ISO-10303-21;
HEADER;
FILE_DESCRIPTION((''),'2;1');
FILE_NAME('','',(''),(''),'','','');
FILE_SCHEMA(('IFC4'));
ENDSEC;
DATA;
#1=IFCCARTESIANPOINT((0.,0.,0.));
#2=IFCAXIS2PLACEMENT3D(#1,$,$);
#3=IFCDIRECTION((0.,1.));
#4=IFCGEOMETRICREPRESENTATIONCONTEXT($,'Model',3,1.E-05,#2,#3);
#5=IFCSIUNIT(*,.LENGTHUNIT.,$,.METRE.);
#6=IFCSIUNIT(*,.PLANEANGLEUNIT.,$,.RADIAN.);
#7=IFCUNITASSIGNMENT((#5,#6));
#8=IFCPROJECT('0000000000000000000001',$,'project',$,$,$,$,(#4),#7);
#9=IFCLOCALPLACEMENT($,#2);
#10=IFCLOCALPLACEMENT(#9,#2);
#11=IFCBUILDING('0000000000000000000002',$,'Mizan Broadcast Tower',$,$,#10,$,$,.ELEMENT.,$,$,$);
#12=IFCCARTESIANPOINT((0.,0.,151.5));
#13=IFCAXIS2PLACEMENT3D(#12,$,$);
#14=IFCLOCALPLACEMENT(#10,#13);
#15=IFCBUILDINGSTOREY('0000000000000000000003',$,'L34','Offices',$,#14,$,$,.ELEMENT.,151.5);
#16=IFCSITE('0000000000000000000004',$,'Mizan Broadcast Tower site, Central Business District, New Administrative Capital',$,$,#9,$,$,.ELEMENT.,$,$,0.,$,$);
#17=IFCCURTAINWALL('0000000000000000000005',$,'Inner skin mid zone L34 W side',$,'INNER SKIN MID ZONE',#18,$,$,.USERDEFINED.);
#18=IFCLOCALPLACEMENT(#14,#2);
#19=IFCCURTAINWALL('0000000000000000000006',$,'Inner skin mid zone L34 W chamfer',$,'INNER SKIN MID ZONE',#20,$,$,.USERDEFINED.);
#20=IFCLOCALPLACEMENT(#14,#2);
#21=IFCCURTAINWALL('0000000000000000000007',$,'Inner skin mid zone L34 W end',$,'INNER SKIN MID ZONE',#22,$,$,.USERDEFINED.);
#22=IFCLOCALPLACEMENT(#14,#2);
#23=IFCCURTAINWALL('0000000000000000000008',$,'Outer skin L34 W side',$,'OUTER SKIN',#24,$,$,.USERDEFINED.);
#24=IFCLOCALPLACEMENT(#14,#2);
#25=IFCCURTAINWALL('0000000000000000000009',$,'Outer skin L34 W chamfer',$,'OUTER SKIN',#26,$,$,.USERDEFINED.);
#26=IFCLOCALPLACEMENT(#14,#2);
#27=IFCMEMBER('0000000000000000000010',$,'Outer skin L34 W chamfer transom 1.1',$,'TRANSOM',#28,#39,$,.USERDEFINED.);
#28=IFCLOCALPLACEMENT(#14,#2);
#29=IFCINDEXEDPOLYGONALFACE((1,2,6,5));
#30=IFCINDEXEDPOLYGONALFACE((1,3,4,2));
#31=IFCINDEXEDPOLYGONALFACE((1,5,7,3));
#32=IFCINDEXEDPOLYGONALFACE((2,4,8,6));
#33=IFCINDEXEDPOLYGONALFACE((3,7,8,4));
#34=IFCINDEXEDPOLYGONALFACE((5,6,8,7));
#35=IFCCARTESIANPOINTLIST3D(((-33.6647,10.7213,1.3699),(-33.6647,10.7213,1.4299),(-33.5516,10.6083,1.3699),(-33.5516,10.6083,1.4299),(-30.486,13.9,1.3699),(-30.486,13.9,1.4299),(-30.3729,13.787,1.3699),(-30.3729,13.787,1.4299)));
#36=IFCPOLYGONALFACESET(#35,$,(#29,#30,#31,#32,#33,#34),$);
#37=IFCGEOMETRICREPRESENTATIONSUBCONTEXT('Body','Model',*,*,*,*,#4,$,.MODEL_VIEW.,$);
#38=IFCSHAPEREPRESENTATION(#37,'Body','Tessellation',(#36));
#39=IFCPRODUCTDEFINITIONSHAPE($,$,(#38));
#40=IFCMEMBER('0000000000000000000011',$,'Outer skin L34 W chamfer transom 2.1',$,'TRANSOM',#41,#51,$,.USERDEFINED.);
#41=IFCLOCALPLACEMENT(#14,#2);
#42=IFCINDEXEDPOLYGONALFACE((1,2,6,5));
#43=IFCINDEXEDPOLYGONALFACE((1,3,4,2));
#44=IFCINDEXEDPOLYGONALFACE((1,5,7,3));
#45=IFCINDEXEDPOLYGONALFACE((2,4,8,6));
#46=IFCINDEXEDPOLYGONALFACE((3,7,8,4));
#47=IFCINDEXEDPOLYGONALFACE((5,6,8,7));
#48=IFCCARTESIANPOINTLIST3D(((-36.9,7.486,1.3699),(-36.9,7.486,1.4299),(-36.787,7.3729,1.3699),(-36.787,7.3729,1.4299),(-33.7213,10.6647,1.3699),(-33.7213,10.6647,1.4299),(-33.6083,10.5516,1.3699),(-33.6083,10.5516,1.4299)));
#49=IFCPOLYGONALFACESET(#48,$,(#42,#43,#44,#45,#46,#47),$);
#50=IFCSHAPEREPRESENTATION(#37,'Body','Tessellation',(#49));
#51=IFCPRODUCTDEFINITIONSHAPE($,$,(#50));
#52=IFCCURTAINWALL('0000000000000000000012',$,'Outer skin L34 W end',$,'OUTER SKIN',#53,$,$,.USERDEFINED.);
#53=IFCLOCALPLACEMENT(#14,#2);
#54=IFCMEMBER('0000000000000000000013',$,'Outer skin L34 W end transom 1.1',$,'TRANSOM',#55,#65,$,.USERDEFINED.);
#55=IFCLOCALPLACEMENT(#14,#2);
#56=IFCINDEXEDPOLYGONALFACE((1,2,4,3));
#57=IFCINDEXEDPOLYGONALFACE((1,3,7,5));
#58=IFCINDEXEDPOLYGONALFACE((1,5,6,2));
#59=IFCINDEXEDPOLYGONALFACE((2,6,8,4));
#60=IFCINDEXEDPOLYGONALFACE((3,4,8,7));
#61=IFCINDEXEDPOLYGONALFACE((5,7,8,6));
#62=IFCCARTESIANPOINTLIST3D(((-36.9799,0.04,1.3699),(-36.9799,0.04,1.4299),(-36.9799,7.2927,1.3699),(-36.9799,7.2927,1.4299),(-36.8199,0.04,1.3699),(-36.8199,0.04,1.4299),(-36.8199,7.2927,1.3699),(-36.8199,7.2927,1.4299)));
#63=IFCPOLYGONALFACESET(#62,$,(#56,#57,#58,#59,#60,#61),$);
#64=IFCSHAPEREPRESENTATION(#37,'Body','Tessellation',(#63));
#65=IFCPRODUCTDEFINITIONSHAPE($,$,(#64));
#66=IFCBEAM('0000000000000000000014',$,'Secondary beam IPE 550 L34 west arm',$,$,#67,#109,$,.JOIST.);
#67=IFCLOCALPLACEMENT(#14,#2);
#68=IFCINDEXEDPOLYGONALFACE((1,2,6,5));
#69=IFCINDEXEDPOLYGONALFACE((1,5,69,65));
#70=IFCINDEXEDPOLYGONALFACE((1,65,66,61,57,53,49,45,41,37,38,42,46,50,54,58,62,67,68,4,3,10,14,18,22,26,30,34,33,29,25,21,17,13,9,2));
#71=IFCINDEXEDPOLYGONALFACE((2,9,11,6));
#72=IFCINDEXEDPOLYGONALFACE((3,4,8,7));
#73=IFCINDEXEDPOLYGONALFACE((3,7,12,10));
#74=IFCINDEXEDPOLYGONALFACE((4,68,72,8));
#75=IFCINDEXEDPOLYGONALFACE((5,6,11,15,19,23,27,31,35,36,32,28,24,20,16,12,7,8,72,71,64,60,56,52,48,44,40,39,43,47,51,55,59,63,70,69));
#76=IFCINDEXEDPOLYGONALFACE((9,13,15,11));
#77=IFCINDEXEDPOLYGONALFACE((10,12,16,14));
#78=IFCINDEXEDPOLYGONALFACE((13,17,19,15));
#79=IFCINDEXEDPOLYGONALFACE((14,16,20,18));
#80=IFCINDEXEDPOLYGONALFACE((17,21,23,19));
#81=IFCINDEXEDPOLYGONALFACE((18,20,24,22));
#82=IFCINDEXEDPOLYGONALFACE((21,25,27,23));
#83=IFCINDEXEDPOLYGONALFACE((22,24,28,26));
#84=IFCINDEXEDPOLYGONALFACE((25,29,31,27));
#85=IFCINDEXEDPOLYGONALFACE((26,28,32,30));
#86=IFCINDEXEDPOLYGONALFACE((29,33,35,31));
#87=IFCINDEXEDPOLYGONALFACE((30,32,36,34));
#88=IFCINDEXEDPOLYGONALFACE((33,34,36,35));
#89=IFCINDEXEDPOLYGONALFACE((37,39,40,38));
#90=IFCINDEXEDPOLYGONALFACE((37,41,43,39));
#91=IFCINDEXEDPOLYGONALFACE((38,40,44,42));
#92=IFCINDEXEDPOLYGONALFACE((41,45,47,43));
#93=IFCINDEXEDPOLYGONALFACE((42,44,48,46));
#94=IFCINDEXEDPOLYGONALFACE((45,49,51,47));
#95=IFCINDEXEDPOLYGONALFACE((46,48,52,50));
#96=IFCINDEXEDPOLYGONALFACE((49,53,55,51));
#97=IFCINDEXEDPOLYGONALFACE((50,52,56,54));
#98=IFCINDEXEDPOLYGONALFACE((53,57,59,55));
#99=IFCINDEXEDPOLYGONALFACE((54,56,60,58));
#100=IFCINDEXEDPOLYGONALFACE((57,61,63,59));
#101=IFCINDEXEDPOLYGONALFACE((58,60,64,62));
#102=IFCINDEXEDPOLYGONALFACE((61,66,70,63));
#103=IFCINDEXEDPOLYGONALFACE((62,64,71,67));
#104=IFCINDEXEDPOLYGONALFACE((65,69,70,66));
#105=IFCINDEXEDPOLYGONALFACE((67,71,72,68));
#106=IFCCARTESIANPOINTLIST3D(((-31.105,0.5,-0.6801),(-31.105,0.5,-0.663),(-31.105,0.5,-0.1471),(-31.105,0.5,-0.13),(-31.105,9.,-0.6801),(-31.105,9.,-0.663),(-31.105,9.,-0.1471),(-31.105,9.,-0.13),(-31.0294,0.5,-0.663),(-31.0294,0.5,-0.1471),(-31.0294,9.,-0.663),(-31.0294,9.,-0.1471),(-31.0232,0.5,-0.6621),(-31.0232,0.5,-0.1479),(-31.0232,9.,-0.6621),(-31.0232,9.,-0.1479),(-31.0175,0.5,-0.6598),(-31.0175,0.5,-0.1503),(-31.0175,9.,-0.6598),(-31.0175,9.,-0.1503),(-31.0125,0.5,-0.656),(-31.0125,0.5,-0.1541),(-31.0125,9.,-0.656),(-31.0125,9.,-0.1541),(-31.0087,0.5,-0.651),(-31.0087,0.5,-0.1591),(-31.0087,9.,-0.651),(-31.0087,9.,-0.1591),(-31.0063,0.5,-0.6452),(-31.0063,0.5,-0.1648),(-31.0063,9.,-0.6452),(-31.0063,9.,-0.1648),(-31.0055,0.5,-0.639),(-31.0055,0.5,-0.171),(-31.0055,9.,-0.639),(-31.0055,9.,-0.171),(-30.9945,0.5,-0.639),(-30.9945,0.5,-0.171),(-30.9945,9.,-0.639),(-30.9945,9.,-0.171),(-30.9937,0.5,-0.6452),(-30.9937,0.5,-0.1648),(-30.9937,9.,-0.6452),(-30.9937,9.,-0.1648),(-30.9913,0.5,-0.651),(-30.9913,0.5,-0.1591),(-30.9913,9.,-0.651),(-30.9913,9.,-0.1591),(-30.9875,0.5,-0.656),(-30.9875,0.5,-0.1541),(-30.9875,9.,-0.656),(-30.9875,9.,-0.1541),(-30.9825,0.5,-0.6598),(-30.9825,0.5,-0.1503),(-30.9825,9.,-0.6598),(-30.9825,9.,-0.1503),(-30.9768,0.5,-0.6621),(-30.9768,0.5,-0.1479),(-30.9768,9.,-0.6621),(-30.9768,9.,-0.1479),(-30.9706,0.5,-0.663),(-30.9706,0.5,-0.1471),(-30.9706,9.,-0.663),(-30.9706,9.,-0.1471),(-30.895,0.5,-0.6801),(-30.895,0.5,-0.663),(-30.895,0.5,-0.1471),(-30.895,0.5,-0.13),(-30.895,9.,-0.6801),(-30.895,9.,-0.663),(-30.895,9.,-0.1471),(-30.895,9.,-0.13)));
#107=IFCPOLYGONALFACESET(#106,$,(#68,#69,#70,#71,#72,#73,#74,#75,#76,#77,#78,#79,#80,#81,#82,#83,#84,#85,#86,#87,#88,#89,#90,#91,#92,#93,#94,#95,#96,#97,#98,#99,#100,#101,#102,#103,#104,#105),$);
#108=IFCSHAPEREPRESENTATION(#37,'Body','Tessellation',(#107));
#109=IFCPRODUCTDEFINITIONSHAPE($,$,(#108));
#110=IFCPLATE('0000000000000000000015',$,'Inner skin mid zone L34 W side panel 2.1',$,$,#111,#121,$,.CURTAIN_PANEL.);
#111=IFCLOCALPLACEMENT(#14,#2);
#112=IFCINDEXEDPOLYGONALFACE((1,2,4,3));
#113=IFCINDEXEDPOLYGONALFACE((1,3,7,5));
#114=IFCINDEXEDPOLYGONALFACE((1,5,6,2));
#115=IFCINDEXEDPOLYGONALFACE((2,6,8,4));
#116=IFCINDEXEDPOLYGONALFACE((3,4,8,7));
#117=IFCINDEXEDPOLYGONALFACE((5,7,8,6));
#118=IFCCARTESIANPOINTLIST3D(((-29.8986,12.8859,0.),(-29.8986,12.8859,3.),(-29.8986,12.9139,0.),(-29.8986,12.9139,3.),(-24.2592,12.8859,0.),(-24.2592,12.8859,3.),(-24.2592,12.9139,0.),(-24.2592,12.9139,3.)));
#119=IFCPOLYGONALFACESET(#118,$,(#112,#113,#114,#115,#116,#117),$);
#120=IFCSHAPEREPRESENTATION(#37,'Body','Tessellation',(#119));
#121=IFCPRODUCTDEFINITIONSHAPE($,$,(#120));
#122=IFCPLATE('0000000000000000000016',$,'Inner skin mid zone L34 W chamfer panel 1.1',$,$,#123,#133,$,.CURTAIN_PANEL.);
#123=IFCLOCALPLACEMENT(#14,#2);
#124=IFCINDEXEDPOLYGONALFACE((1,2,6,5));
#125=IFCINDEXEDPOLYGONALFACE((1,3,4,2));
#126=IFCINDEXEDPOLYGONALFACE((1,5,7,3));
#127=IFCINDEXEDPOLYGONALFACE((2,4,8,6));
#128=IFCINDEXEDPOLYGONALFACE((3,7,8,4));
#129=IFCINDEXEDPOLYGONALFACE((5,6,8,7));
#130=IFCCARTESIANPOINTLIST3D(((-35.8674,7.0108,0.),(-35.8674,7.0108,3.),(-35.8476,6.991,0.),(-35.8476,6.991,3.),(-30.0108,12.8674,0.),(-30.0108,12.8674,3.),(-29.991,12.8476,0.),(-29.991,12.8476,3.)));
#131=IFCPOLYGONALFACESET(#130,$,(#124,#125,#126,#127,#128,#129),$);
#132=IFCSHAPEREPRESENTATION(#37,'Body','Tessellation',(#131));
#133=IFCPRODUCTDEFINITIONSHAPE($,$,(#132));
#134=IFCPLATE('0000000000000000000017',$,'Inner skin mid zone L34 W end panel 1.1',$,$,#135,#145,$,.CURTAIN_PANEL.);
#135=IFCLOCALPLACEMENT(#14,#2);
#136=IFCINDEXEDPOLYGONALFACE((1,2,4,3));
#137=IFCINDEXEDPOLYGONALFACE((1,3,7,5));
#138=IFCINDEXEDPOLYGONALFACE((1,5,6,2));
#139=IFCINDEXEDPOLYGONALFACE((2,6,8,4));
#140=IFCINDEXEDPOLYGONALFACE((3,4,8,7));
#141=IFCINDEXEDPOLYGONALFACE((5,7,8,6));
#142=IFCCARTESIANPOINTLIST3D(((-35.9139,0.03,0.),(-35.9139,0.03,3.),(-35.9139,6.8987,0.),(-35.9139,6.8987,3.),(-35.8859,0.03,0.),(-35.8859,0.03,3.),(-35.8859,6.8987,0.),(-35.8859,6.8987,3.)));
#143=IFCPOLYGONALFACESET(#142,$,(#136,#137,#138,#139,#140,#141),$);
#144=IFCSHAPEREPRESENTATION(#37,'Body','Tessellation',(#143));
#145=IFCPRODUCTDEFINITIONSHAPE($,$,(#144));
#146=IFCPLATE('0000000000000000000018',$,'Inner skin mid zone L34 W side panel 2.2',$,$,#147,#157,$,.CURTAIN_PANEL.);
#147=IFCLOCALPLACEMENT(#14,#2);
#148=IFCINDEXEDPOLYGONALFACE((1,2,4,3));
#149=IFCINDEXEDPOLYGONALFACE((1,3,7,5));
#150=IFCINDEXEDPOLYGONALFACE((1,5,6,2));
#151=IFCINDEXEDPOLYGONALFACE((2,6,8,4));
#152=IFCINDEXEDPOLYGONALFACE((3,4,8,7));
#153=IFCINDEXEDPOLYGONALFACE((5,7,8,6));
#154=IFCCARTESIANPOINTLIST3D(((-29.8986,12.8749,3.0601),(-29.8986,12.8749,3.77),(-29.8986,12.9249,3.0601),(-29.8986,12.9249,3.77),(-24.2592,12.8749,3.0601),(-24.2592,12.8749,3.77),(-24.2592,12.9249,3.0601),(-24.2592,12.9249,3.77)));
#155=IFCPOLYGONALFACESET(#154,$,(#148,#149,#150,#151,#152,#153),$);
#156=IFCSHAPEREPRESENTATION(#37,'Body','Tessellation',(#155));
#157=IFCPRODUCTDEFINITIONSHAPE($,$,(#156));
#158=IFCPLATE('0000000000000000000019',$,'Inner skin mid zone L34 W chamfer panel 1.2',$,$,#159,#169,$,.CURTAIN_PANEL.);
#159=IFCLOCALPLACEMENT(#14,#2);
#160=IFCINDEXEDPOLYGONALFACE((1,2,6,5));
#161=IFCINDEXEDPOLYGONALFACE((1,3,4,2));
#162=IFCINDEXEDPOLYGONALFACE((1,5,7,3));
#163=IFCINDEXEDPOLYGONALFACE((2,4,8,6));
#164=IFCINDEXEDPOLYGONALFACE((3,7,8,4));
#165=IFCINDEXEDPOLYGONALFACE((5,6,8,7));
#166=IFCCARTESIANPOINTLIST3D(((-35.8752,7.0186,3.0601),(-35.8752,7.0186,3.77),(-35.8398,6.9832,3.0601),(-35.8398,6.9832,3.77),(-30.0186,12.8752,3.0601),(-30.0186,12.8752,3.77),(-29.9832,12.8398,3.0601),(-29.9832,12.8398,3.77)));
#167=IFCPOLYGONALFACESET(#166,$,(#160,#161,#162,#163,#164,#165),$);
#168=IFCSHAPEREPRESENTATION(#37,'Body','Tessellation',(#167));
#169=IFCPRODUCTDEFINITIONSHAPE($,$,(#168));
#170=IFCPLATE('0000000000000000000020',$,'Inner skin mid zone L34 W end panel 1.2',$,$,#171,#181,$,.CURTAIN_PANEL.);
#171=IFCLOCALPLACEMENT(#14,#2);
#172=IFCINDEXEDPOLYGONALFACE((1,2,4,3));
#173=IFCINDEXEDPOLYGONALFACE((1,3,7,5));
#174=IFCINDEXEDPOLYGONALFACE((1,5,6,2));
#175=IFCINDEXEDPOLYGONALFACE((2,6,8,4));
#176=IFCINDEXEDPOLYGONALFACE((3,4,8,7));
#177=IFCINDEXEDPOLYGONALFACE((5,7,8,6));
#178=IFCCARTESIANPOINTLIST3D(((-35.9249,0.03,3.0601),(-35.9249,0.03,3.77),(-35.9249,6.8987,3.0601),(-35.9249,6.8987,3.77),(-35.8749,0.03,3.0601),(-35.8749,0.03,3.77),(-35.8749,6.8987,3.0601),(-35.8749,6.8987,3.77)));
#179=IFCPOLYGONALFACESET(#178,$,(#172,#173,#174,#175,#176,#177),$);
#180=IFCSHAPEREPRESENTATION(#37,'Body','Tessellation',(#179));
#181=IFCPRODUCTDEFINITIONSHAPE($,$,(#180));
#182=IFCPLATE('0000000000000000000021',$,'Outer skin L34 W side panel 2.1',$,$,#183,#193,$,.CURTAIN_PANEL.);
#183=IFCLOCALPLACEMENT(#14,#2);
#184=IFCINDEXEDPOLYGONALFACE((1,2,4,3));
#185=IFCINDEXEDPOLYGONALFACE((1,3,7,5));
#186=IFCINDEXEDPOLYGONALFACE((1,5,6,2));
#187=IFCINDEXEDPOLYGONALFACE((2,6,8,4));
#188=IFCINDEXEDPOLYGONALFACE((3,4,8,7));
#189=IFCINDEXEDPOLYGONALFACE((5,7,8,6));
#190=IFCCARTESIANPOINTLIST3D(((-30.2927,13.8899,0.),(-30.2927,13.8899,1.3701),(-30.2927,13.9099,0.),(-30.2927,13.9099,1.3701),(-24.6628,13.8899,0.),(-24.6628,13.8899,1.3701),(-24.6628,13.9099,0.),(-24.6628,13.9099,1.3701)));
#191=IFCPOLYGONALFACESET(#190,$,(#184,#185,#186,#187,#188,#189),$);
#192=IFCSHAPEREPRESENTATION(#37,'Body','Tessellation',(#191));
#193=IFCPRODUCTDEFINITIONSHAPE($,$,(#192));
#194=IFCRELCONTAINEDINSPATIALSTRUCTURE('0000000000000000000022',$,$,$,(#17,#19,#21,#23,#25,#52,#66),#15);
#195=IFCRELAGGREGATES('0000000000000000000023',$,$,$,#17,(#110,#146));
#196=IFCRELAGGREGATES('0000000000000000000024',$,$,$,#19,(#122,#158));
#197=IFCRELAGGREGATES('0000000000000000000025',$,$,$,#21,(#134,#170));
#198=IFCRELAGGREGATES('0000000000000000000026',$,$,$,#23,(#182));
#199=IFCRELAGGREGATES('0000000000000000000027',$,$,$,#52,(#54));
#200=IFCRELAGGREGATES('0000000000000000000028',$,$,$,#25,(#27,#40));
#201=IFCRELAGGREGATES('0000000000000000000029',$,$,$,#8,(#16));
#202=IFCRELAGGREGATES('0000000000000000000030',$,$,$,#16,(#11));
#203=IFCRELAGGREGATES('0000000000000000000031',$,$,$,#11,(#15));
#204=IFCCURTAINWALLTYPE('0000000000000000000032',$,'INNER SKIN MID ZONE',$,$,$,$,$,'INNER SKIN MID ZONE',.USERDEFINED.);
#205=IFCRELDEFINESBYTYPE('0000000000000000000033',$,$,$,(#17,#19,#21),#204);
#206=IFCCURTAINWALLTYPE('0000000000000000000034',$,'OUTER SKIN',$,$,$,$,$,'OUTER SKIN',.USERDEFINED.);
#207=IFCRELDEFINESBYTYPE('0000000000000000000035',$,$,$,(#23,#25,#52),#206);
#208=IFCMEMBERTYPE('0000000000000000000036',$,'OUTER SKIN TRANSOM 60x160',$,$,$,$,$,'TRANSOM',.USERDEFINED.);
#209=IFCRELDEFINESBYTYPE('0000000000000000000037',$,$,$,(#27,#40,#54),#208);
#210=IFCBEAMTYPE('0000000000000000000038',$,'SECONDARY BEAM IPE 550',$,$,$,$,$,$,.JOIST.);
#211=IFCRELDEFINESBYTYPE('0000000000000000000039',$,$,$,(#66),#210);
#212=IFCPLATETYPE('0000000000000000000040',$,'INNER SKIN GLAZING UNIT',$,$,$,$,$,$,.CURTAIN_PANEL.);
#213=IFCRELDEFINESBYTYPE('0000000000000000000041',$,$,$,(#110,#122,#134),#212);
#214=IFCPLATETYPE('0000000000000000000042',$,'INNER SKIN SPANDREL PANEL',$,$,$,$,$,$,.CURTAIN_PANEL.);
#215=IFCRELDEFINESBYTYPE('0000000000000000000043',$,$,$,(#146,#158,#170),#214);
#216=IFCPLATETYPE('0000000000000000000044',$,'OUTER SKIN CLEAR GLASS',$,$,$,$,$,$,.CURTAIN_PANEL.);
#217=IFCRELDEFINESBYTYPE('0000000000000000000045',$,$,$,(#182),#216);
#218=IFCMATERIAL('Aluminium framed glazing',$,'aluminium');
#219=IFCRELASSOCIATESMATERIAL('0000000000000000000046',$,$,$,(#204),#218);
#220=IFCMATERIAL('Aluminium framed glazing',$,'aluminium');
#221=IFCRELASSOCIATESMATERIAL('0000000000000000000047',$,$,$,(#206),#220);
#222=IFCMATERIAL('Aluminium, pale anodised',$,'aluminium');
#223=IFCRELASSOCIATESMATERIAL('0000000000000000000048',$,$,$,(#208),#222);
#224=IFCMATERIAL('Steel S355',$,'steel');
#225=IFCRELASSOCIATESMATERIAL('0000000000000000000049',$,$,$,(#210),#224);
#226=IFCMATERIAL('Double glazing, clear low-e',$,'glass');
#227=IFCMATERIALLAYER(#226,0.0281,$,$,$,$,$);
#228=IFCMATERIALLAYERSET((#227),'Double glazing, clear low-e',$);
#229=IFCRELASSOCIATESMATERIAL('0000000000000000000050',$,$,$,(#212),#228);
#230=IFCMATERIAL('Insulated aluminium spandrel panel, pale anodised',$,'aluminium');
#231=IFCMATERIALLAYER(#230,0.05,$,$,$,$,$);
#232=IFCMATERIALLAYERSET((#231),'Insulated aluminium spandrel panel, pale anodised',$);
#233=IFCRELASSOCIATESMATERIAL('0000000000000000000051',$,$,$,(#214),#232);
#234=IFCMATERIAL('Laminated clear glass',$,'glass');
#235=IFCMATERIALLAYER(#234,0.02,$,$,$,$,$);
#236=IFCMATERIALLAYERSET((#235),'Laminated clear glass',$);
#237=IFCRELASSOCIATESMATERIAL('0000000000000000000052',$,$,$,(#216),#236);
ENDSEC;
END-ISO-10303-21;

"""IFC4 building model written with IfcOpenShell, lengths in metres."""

from ifc_helpers import new_model, si_unit, direction, frame, origin, origin_2d, place, context, subcontext, project, spatial, rectangle, i_section, extrude, material, layer, layer_set, material_profile, profile_set, type_object, element, aggregate, save


model = new_model("IFC4")

# Units and contexts
model_context = context("Model", 3, precision=1e-05, world=origin(), true_north=direction((0.0, 1.0)))
body_context = subcontext(model_context, "Body", "Model", "MODEL_VIEW")
ifc_project = project(units=[si_unit("LENGTHUNIT", "METRE"), si_unit("PLANEANGLEUNIT", "RADIAN")], contexts=[model_context])

# Site, building, storey
site_placement = place(None, origin())
site = spatial("IfcSite", under=ifc_project, at=site_placement, Name="Mizan Broadcast Tower site, Central Business District, New Administrative Capital", CompositionType="ELEMENT", RefElevation=0.0)
building_placement = place(site_placement, origin())
building = spatial("IfcBuilding", under=site, at=building_placement, Name="Mizan Broadcast Tower", CompositionType="ELEMENT")
storey_placement = place(building_placement, frame((0.0, 0.0, 151.5)))
storey = spatial("IfcBuildingStorey", under=building, at=storey_placement, Name="L34", Description="Offices", CompositionType="ELEMENT", Elevation=151.5)

# Curtain wall
ifc_material_1 = material(Name="Aluminium framed glazing", Category="aluminium")
curtain_wall_type_1 = type_object("IfcCurtainWallType", Name="INNER SKIN MID ZONE", ElementType="INNER SKIN MID ZONE", PredefinedType="USERDEFINED", material=ifc_material_1)
curtain_wall_1_placement = place(storey_placement, origin())
curtain_wall_1 = element("IfcCurtainWall", 1, at=curtain_wall_1_placement, inside=storey, type_object=curtain_wall_type_1, Name="Inner skin mid zone L34 W side", ObjectType="INNER SKIN MID ZONE", PredefinedType="USERDEFINED")

# Curtain wall
curtain_wall_2_placement = place(storey_placement, origin())
curtain_wall_2 = element("IfcCurtainWall", 2, at=curtain_wall_2_placement, inside=storey, type_object=curtain_wall_type_1, Name="Inner skin mid zone L34 W chamfer", ObjectType="INNER SKIN MID ZONE", PredefinedType="USERDEFINED")

# Curtain walls
curtain_wall_3_placement = place(storey_placement, origin())
curtain_wall_3 = element("IfcCurtainWall", 3, at=curtain_wall_3_placement, inside=storey, type_object=curtain_wall_type_1, Name="Inner skin mid zone L34 W end", ObjectType="INNER SKIN MID ZONE", PredefinedType="USERDEFINED")
ifc_material_2 = material(Name="Aluminium framed glazing", Category="aluminium")
curtain_wall_type_2 = type_object("IfcCurtainWallType", Name="OUTER SKIN", ElementType="OUTER SKIN", PredefinedType="USERDEFINED", material=ifc_material_2)
curtain_wall_4_placement = place(storey_placement, origin())
curtain_wall_4 = element("IfcCurtainWall", 4, at=curtain_wall_4_placement, inside=storey, type_object=curtain_wall_type_2, Name="Outer skin L34 W side", ObjectType="OUTER SKIN", PredefinedType="USERDEFINED")

# Curtain wall, members
curtain_wall_5_placement = place(storey_placement, origin())
curtain_wall_5 = element("IfcCurtainWall", 5, at=curtain_wall_5_placement, inside=storey, type_object=curtain_wall_type_2, Name="Outer skin L34 W chamfer", ObjectType="OUTER SKIN", PredefinedType="USERDEFINED")
ifc_material_3 = material(Name="Aluminium, pale anodised", Category="aluminium")
ifc_material_profile_1 = material_profile(ifc_material_3, rectangle(XDim=0.1599, YDim=0.0601, at=origin_2d()), Name="TRANSOM 160x60")
ifc_profile_set_1 = profile_set([ifc_material_profile_1], Name="Aluminium, pale anodised")
member_type_1 = type_object("IfcMemberType", Name="OUTER SKIN TRANSOM 60x160", ElementType="TRANSOM", PredefinedType="USERDEFINED", material=ifc_profile_set_1)
member_1_placement = place(storey_placement, frame((-30.4294, 13.8435, 1.3999), z_axis=(-0.707107, -0.707107, 0.0), x_axis=(0.707107, -0.707107, 0.0)))
member_1 = element("IfcMember", 6, at=member_1_placement, type_object=member_type_1, Name="Outer skin L34 W chamfer transom 1.1", ObjectType="TRANSOM", PredefinedType="USERDEFINED", context=body_context, shape_type="SweptSolid", body=[
    extrude(rectangle(XDim=0.1599, YDim=0.0601, at=origin_2d()), origin(), (0.0, 0.0, 1.0), 4.4954),
])
member_2_placement = place(storey_placement, frame((-33.6648, 10.6082, 1.3999), z_axis=(-0.707107, -0.707107, 0.0), x_axis=(0.707107, -0.707107, 0.0)))
member_2 = element("IfcMember", 7, at=member_2_placement, type_object=member_type_1, Name="Outer skin L34 W chamfer transom 2.1", ObjectType="TRANSOM", PredefinedType="USERDEFINED", context=body_context, shape_type="SweptSolid", body=[
    extrude(rectangle(XDim=0.1599, YDim=0.0601, at=origin_2d()), origin(), (0.0, 0.0, 1.0), 4.4954),
])

# Curtain wall, member
curtain_wall_6_placement = place(storey_placement, origin())
curtain_wall_6 = element("IfcCurtainWall", 8, at=curtain_wall_6_placement, inside=storey, type_object=curtain_wall_type_2, Name="Outer skin L34 W end", ObjectType="OUTER SKIN", PredefinedType="USERDEFINED")
member_3_placement = place(storey_placement, frame((-36.8999, 7.2927, 1.3999), z_axis=(0.0, -1.0, 0.0), x_axis=(1.0, 0.0, 0.0)))
member_3 = element("IfcMember", 9, at=member_3_placement, type_object=member_type_1, Name="Outer skin L34 W end transom 1.1", ObjectType="TRANSOM", PredefinedType="USERDEFINED", context=body_context, shape_type="SweptSolid", body=[
    extrude(rectangle(XDim=0.1599, YDim=0.0601, at=origin_2d()), origin(), (0.0, 0.0, 1.0), 7.2527),
])

# Beam
ifc_material_4 = material(Name="Steel S355", Category="steel")
ifc_material_profile_2 = material_profile(ifc_material_4, i_section(OverallWidth=0.21, OverallDepth=0.55, WebThickness=0.011, FlangeThickness=0.0171, FilletRadius=0.0239, at=origin_2d()), Name="IPE 550")
ifc_profile_set_2 = profile_set([ifc_material_profile_2], Name="Steel S355")
beam_type_1 = type_object("IfcBeamType", Name="SECONDARY BEAM IPE 550", PredefinedType="JOIST", material=ifc_profile_set_2)
beam_1_placement = place(storey_placement, frame((-31.0, 9.0, -0.405), z_axis=(0.0, -1.0, 0.0), x_axis=(1.0, 0.0, 0.0)))
element("IfcBeam", 10, at=beam_1_placement, inside=storey, type_object=beam_type_1, Name="Secondary beam IPE 550 L34 west arm", PredefinedType="JOIST", context=body_context, shape_type="SweptSolid", body=[
    extrude(i_section(OverallWidth=0.21, OverallDepth=0.55, WebThickness=0.011, FlangeThickness=0.0171, FilletRadius=0.0239, at=origin_2d()), origin(), (0.0, 0.0, 1.0), 8.5),
])

# Plates
ifc_material_5 = material(Name="Double glazing, clear low-e", Category="glass")
ifc_layer_1 = layer(ifc_material_5, 0.0281)
ifc_layer_set_1 = layer_set([ifc_layer_1], Name="Double glazing, clear low-e")
plate_type_1 = type_object("IfcPlateType", Name="INNER SKIN GLAZING UNIT", PredefinedType="CURTAIN_PANEL", material=ifc_layer_set_1)
plate_1_placement = place(storey_placement, frame((-27.0789, 12.8999, 0.0), z_axis=(0.0, 0.0, 1.0), x_axis=(-1.0, 0.0, 0.0)))
plate_1 = element("IfcPlate", 11, at=plate_1_placement, type_object=plate_type_1, Name="Inner skin mid zone L34 W side panel 2.1", PredefinedType="CURTAIN_PANEL", context=body_context, shape_type="SweptSolid", body=[
    extrude(rectangle(XDim=5.6394, YDim=0.0281, at=origin_2d()), origin(), (0.0, 0.0, 1.0), 3.0),
])
plate_2_placement = place(storey_placement, frame((-32.9292, 9.9292, 0.0), z_axis=(0.0, 0.0, 1.0), x_axis=(-0.707107, -0.707107, 0.0)))
plate_2 = element("IfcPlate", 12, at=plate_2_placement, type_object=plate_type_1, Name="Inner skin mid zone L34 W chamfer panel 1.1", PredefinedType="CURTAIN_PANEL", context=body_context, shape_type="SweptSolid", body=[
    extrude(rectangle(XDim=8.2825, YDim=0.0281, at=origin_2d()), origin(), (0.0, 0.0, 1.0), 3.0),
])
plate_3_placement = place(storey_placement, frame((-35.8999, 3.4644, 0.0), z_axis=(0.0, 0.0, 1.0), x_axis=(0.0, -1.0, 0.0)))
plate_3 = element("IfcPlate", 13, at=plate_3_placement, type_object=plate_type_1, Name="Inner skin mid zone L34 W end panel 1.1", PredefinedType="CURTAIN_PANEL", context=body_context, shape_type="SweptSolid", body=[
    extrude(rectangle(XDim=6.8687, YDim=0.0281, at=origin_2d()), origin(), (0.0, 0.0, 1.0), 3.0),
])
ifc_material_6 = material(Name="Insulated aluminium spandrel panel, pale anodised", Category="aluminium")
ifc_layer_2 = layer(ifc_material_6, 0.05)
ifc_layer_set_2 = layer_set([ifc_layer_2], Name="Insulated aluminium spandrel panel, pale anodised")
plate_type_2 = type_object("IfcPlateType", Name="INNER SKIN SPANDREL PANEL", PredefinedType="CURTAIN_PANEL", material=ifc_layer_set_2)
plate_4_placement = place(storey_placement, frame((-27.0789, 12.8999, 3.0601), z_axis=(0.0, 0.0, 1.0), x_axis=(-1.0, 0.0, 0.0)))
plate_4 = element("IfcPlate", 14, at=plate_4_placement, type_object=plate_type_2, Name="Inner skin mid zone L34 W side panel 2.2", PredefinedType="CURTAIN_PANEL", context=body_context, shape_type="SweptSolid", body=[
    extrude(rectangle(XDim=5.6394, YDim=0.05, at=origin_2d()), origin(), (0.0, 0.0, 1.0), 0.71),
])
aggregate(curtain_wall_1, [plate_1, plate_4])
plate_5_placement = place(storey_placement, frame((-32.9292, 9.9292, 3.0601), z_axis=(0.0, 0.0, 1.0), x_axis=(-0.707107, -0.707107, 0.0)))
plate_5 = element("IfcPlate", 15, at=plate_5_placement, type_object=plate_type_2, Name="Inner skin mid zone L34 W chamfer panel 1.2", PredefinedType="CURTAIN_PANEL", context=body_context, shape_type="SweptSolid", body=[
    extrude(rectangle(XDim=8.2825, YDim=0.05, at=origin_2d()), origin(), (0.0, 0.0, 1.0), 0.71),
])
aggregate(curtain_wall_2, [plate_2, plate_5])
plate_6_placement = place(storey_placement, frame((-35.8999, 3.4644, 3.0601), z_axis=(0.0, 0.0, 1.0), x_axis=(0.0, -1.0, 0.0)))
plate_6 = element("IfcPlate", 16, at=plate_6_placement, type_object=plate_type_2, Name="Inner skin mid zone L34 W end panel 1.2", PredefinedType="CURTAIN_PANEL", context=body_context, shape_type="SweptSolid", body=[
    extrude(rectangle(XDim=6.8687, YDim=0.05, at=origin_2d()), origin(), (0.0, 0.0, 1.0), 0.71),
])
aggregate(curtain_wall_3, [plate_3, plate_6])
ifc_material_7 = material(Name="Laminated clear glass", Category="glass")
ifc_layer_3 = layer(ifc_material_7, 0.02)
ifc_layer_set_3 = layer_set([ifc_layer_3], Name="Laminated clear glass")
plate_type_3 = type_object("IfcPlateType", Name="OUTER SKIN CLEAR GLASS", PredefinedType="CURTAIN_PANEL", material=ifc_layer_set_3)
plate_7_placement = place(storey_placement, frame((-27.4778, 13.8999, 0.0), z_axis=(0.0, 0.0, 1.0), x_axis=(-1.0, 0.0, 0.0)))
plate_7 = element("IfcPlate", 17, at=plate_7_placement, type_object=plate_type_3, Name="Outer skin L34 W side panel 2.1", PredefinedType="CURTAIN_PANEL", context=body_context, shape_type="SweptSolid", body=[
    extrude(rectangle(XDim=5.6299, YDim=0.02, at=origin_2d()), origin(), (0.0, 0.0, 1.0), 1.3701),
])
aggregate(curtain_wall_4, [plate_7])
aggregate(curtain_wall_6, [member_3])
aggregate(curtain_wall_5, [member_1, member_2])

save(model, "model.ifc")
